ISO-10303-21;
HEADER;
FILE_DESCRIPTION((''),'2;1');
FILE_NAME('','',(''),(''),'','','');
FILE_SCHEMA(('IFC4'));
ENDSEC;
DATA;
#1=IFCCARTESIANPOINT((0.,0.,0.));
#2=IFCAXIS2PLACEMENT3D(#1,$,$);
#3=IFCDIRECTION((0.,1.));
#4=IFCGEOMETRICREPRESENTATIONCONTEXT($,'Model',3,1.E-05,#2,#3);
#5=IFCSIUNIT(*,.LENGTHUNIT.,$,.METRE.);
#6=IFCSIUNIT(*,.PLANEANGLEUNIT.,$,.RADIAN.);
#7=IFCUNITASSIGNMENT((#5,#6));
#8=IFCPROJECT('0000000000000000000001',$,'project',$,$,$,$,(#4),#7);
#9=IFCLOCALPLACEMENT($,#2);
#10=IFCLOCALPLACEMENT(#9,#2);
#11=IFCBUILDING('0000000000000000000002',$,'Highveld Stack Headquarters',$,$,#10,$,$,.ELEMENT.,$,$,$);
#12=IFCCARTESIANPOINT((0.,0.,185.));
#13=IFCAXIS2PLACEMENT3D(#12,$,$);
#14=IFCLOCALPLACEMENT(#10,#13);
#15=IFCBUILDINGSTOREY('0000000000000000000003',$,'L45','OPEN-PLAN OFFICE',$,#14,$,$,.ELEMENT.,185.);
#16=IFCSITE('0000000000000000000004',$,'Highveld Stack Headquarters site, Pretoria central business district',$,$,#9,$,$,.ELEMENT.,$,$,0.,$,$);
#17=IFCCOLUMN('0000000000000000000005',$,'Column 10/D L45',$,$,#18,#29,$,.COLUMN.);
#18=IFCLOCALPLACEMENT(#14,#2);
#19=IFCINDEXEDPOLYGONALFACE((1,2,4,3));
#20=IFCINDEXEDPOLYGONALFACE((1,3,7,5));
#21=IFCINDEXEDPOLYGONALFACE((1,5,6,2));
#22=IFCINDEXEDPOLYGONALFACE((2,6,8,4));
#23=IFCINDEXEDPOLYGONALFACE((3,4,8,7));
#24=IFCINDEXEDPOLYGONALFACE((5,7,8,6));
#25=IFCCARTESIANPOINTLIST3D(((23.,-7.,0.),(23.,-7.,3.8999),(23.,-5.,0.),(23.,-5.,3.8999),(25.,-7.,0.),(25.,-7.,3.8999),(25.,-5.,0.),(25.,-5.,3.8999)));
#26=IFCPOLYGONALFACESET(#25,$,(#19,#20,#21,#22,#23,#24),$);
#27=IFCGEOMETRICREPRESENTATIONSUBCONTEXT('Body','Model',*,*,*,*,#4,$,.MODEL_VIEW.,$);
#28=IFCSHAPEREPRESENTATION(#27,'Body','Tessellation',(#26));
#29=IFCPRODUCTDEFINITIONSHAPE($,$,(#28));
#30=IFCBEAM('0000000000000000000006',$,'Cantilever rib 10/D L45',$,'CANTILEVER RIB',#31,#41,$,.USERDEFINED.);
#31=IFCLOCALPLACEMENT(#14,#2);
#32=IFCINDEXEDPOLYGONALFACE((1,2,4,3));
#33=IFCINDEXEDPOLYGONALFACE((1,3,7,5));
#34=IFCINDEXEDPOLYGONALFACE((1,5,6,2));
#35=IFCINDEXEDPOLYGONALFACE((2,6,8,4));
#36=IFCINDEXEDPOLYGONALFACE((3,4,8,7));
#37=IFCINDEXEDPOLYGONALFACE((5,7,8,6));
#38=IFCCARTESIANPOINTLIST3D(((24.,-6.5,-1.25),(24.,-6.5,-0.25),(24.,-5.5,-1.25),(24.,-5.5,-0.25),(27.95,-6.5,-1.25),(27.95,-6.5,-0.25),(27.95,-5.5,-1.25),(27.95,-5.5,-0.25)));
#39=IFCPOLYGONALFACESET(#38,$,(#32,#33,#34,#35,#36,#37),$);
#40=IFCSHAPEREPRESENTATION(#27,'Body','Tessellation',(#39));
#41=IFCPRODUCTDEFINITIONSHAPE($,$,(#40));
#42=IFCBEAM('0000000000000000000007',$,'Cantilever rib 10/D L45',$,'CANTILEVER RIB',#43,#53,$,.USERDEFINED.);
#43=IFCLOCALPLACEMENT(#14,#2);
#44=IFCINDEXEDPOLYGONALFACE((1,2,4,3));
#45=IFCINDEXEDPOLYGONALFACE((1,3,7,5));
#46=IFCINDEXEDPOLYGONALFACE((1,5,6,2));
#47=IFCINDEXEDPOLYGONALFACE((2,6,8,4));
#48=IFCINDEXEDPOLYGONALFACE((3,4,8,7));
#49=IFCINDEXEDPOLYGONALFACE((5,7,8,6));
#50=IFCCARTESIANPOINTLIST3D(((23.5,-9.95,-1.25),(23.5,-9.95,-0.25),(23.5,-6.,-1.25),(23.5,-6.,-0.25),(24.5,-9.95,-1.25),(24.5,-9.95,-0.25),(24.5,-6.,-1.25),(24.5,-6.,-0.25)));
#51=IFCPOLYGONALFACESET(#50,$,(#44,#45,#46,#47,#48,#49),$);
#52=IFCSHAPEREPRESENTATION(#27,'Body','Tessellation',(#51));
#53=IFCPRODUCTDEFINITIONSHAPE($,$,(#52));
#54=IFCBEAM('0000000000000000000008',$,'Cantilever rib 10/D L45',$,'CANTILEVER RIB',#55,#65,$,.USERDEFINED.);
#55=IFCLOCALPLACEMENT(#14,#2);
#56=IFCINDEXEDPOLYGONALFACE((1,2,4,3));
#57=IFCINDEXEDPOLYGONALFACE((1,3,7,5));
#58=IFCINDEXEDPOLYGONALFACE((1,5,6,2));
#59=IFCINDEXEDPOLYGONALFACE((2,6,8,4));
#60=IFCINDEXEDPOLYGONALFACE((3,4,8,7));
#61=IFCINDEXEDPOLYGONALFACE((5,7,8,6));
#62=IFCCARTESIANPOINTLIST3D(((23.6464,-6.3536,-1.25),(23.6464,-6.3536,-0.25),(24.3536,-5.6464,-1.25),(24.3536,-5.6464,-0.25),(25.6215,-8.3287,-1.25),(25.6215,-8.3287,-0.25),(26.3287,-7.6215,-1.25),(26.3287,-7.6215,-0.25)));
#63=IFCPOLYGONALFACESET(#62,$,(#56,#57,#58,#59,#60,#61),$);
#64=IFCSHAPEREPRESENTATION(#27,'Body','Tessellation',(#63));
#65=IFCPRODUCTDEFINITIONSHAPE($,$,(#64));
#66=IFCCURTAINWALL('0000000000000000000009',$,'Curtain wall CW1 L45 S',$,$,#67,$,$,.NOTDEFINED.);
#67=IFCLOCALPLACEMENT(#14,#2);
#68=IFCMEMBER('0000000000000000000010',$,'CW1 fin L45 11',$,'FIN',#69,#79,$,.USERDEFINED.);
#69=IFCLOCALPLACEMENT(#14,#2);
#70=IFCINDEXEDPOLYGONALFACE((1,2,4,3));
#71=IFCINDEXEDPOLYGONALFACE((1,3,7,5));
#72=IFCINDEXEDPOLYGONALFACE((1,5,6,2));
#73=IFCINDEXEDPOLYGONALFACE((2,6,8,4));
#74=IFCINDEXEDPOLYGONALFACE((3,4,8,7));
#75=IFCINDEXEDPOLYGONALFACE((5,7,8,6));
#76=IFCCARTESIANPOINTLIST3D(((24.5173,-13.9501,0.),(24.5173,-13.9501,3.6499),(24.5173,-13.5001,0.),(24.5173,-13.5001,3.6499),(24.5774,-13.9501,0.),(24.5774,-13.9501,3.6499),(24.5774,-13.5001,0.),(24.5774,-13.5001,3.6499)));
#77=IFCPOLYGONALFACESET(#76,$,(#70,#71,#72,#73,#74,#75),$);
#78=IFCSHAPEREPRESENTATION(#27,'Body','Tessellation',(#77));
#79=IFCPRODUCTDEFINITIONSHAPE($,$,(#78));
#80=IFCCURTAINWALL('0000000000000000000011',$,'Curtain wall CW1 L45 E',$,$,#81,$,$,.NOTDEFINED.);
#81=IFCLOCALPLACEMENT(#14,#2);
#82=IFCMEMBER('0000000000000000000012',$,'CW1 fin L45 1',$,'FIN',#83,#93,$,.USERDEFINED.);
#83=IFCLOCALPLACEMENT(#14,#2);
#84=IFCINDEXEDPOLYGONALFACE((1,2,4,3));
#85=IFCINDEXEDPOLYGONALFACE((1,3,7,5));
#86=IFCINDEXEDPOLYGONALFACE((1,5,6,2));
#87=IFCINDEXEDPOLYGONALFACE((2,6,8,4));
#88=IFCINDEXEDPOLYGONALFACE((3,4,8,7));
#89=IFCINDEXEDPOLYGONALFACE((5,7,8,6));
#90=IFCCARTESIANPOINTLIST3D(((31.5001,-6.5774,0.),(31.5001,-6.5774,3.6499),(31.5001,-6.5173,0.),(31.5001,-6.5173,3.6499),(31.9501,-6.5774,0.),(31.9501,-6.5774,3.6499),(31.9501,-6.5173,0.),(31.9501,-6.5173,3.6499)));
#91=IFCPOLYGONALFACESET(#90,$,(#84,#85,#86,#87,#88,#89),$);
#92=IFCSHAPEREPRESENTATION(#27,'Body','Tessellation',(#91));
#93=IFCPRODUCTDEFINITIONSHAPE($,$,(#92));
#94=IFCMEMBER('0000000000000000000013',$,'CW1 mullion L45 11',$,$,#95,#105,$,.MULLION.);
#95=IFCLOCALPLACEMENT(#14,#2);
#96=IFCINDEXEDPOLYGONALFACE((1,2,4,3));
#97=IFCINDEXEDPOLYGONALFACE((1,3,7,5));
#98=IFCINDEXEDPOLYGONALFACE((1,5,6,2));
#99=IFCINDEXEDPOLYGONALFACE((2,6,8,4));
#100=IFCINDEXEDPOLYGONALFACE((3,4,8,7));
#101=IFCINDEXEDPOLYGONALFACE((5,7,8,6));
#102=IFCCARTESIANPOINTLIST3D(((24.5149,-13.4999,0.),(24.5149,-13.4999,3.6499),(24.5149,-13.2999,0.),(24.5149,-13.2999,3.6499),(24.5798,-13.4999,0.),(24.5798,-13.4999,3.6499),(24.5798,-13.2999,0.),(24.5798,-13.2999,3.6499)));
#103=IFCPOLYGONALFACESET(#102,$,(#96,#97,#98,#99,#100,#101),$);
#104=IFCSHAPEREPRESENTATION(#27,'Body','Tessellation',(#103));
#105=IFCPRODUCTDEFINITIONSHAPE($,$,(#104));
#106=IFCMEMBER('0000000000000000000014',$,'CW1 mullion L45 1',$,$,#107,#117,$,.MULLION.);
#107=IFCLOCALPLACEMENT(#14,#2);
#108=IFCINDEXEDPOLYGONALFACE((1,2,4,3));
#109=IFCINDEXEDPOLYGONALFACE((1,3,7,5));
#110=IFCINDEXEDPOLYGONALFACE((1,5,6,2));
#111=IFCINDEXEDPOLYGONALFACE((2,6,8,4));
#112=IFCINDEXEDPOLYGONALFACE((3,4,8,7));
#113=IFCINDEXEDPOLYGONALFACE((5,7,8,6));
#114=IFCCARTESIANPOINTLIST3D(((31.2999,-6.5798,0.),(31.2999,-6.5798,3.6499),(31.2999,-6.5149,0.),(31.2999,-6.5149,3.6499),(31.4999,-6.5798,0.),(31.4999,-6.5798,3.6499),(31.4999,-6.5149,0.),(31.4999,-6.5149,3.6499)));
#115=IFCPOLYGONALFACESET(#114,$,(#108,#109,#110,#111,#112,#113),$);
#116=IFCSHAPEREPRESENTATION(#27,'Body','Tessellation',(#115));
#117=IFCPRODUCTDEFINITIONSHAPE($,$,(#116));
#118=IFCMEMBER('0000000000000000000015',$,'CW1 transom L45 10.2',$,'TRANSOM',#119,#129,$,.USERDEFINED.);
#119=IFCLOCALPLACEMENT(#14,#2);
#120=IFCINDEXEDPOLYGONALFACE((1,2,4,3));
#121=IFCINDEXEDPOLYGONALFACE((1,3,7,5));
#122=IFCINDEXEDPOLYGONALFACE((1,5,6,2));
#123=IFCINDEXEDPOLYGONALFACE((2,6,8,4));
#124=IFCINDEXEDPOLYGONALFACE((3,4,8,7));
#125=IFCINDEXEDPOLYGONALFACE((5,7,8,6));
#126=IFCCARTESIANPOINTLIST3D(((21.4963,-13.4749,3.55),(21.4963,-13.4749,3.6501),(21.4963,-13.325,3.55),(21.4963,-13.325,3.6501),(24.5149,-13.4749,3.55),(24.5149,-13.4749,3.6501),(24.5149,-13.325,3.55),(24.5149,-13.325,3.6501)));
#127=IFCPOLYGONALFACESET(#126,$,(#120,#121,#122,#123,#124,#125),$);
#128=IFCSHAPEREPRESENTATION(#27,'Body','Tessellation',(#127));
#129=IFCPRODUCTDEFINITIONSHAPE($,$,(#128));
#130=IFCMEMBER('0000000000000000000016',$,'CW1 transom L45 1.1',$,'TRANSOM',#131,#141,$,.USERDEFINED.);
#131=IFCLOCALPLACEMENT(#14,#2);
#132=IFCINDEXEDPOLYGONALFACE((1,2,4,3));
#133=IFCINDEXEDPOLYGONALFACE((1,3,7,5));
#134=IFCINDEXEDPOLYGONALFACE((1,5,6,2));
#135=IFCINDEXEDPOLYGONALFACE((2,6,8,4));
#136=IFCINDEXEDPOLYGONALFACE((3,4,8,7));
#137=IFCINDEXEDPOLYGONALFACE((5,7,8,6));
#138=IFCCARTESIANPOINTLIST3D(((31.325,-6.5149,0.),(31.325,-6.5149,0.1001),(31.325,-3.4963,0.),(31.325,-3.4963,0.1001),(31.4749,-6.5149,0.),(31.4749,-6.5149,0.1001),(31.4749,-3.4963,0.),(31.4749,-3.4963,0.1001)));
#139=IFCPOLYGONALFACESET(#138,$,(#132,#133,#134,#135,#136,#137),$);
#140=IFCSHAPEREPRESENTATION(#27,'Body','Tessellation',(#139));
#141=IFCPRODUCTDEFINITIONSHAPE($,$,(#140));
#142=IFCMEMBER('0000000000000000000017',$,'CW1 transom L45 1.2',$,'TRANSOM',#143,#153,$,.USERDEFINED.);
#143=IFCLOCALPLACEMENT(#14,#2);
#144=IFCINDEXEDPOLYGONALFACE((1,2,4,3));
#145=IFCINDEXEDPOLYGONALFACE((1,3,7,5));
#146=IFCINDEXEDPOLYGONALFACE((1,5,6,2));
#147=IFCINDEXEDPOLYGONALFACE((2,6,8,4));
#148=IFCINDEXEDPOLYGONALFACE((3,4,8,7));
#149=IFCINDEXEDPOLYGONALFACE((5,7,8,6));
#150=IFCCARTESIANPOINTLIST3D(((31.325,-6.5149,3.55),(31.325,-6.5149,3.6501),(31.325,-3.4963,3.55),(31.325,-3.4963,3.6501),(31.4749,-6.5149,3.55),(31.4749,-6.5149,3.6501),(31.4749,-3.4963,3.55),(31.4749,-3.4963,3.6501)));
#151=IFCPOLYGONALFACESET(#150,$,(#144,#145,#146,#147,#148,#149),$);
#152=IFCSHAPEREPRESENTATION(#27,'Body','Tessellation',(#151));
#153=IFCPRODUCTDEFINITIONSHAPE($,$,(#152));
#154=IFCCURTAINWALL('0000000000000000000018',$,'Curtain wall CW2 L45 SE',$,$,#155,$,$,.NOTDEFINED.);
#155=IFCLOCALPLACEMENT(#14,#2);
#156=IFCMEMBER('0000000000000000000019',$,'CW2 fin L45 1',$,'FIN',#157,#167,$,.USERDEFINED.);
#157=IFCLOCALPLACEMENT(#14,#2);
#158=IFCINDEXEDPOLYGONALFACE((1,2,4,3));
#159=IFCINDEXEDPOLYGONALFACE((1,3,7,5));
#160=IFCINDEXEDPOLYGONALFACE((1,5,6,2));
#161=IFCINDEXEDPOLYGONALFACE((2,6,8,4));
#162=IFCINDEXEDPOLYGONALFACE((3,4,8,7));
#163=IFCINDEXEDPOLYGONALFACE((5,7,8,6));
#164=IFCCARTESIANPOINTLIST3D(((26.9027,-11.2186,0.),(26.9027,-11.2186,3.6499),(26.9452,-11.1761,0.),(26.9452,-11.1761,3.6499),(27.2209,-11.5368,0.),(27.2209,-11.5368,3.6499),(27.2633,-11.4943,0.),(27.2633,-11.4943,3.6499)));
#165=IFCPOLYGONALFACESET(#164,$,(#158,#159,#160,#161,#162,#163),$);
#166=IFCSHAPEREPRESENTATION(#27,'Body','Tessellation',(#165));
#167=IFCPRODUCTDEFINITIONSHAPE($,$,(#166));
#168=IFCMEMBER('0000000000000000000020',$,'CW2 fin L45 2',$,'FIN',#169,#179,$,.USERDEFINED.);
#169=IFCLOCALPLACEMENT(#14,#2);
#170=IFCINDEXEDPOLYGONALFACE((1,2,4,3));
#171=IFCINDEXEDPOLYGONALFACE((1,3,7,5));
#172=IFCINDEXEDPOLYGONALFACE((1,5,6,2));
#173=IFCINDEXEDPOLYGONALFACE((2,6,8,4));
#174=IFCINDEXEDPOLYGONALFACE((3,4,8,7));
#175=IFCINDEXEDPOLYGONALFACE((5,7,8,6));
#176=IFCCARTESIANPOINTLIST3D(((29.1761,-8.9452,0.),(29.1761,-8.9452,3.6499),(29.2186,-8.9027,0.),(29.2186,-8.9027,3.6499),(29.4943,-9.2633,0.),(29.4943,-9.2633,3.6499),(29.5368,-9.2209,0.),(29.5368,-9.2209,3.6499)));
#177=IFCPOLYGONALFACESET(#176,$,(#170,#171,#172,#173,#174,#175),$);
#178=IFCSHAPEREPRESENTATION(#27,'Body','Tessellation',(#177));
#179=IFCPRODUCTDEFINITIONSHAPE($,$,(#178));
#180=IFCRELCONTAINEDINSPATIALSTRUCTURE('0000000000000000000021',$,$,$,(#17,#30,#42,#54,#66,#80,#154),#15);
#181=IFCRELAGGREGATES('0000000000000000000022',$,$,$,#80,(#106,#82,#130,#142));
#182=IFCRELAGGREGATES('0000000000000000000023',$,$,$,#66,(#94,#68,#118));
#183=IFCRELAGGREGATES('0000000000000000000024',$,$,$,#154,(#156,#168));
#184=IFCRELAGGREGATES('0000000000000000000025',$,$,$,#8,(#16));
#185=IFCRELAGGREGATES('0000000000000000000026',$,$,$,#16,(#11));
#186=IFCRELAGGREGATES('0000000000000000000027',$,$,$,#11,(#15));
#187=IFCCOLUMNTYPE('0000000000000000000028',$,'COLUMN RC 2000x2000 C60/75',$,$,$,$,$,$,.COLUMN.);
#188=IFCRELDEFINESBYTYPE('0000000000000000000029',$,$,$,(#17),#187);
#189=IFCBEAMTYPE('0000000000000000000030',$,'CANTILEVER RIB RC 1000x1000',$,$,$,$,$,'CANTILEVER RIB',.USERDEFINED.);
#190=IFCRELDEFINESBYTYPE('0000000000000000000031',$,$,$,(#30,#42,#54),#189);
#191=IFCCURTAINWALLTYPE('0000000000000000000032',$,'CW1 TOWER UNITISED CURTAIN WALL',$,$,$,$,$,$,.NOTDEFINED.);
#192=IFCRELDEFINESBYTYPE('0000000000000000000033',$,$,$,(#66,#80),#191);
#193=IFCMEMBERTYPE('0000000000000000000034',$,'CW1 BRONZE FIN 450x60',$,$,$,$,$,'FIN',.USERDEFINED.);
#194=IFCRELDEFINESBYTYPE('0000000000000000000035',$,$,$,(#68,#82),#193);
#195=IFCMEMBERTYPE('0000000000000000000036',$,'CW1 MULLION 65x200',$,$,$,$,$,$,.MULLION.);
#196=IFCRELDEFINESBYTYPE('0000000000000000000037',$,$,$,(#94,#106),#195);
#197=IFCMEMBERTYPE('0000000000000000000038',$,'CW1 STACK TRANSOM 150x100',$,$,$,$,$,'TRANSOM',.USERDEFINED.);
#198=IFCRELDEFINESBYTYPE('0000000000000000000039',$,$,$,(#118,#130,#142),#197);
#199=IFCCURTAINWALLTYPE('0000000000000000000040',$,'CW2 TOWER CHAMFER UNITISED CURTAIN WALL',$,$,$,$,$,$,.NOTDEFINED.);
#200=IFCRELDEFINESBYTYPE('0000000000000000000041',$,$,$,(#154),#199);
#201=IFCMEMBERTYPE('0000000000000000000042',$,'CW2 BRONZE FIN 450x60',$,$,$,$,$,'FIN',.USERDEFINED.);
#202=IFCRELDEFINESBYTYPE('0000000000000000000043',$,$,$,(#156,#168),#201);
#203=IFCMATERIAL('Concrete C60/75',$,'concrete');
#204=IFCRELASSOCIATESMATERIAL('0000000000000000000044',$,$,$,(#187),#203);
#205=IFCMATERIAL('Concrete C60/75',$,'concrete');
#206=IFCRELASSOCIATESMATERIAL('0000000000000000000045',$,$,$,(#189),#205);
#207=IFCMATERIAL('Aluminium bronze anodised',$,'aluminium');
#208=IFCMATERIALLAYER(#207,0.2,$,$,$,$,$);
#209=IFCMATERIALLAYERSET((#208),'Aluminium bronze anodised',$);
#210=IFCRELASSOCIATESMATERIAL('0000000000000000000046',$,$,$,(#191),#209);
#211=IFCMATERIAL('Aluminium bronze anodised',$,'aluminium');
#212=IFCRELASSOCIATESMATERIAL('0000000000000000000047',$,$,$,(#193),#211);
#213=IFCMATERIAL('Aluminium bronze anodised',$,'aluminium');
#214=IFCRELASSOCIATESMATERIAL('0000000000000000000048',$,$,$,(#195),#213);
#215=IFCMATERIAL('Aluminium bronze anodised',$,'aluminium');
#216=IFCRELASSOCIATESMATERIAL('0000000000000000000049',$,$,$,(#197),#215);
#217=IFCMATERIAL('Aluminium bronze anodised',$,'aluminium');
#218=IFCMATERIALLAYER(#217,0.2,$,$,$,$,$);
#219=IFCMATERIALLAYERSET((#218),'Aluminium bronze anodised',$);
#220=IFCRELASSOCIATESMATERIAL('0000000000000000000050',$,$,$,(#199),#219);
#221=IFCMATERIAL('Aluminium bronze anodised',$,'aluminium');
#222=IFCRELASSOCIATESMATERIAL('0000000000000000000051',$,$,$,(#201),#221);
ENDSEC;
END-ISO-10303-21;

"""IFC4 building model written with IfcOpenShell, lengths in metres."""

from ifc_helpers import new_model, si_unit, direction, frame, origin, origin_2d, place, context, subcontext, project, spatial, rectangle, extrude, material, layer, layer_set, material_profile, profile_set, type_object, element, aggregate, save


model = new_model("IFC4")

# Units and contexts
model_context = context("Model", 3, precision=1e-05, world=origin(), true_north=direction((0.0, 1.0)))
body_context = subcontext(model_context, "Body", "Model", "MODEL_VIEW")
ifc_project = project(units=[si_unit("LENGTHUNIT", "METRE"), si_unit("PLANEANGLEUNIT", "RADIAN")], contexts=[model_context])

# Site, building, storey
site_placement = place(None, origin())
site = spatial("IfcSite", under=ifc_project, at=site_placement, Name="Highveld Stack Headquarters site, Pretoria central business district", CompositionType="ELEMENT", RefElevation=0.0)
building_placement = place(site_placement, origin())
building = spatial("IfcBuilding", under=site, at=building_placement, Name="Highveld Stack Headquarters", CompositionType="ELEMENT")
storey_placement = place(building_placement, frame((0.0, 0.0, 185.0)))
storey = spatial("IfcBuildingStorey", under=building, at=storey_placement, Name="L45", Description="OPEN-PLAN OFFICE", CompositionType="ELEMENT", Elevation=185.0)

# Column
ifc_material_1 = material(Name="Concrete C60/75", Category="concrete")
ifc_material_profile_1 = material_profile(ifc_material_1, rectangle(XDim=2.0, YDim=2.0, at=origin_2d()), Name="RC 2000x2000")
ifc_profile_set_1 = profile_set([ifc_material_profile_1], Name="Concrete C60/75")
column_type = type_object("IfcColumnType", Name="COLUMN RC 2000x2000 C60/75", PredefinedType="COLUMN", material=ifc_profile_set_1)
column_placement = place(storey_placement, frame((24.0, -6.0, 0.0), z_axis=(0.0, 0.0, 1.0), x_axis=(1.0, 0.0, 0.0)))
element("IfcColumn", 1, at=column_placement, inside=storey, type_object=column_type, Name="Column 10/D L45", PredefinedType="COLUMN", context=body_context, shape_type="SweptSolid", body=[
    extrude(rectangle(XDim=2.0, YDim=2.0, at=origin_2d()), origin(), (0.0, 0.0, 1.0), 3.8999),
])

# Beams
ifc_material_2 = material(Name="Concrete C60/75", Category="concrete")
ifc_material_profile_2 = material_profile(ifc_material_2, rectangle(XDim=1.0, YDim=1.0, at=origin_2d()), Name="RC 1000x1000")
ifc_profile_set_2 = profile_set([ifc_material_profile_2], Name="Concrete C60/75")
beam_type_1 = type_object("IfcBeamType", Name="CANTILEVER RIB RC 1000x1000", ElementType="CANTILEVER RIB", PredefinedType="USERDEFINED", material=ifc_profile_set_2)
for number, where, z_axis, x_axis, name in (
    (2, (24.0, -6.0, -0.75), (1.0, 0.0, 0.0), (0.0, 1.0, 0.0), "Cantilever rib 10/D L45"),
    (3, (24.0, -6.0, -0.75), (0.0, -1.0, 0.0), (1.0, 0.0, 0.0), "Cantilever rib 10/D L45"),
):
    element("IfcBeam", number, at=place(storey_placement, frame(where, z_axis=z_axis, x_axis=x_axis)), inside=storey, type_object=beam_type_1, Name=name, ObjectType="CANTILEVER RIB", PredefinedType="USERDEFINED", context=body_context, shape_type="SweptSolid", body=[
        extrude(rectangle(XDim=1.0, YDim=1.0, at=origin_2d()), origin(), (0.0, 0.0, 1.0), 3.95),
    ])
beam_1_placement = place(storey_placement, frame((24.0, -6.0, -0.75), z_axis=(0.707107, -0.707107, 0.0), x_axis=(0.707107, 0.707107, 0.0)))
element("IfcBeam", 4, at=beam_1_placement, inside=storey, type_object=beam_type_1, Name="Cantilever rib 10/D L45", ObjectType="CANTILEVER RIB", PredefinedType="USERDEFINED", context=body_context, shape_type="SweptSolid", body=[
    extrude(rectangle(XDim=1.0, YDim=1.0, at=origin_2d()), origin(), (0.0, 0.0, 1.0), 2.7932),
])

# Curtain walls, members
ifc_material_3 = material(Name="Aluminium bronze anodised", Category="aluminium")
ifc_layer_1 = layer(ifc_material_3, 0.2)
ifc_layer_set_1 = layer_set([ifc_layer_1], Name="Aluminium bronze anodised")
curtain_wall_type_1 = type_object("IfcCurtainWallType", Name="CW1 TOWER UNITISED CURTAIN WALL", PredefinedType="NOTDEFINED", material=ifc_layer_set_1)
curtain_wall_1_placement = place(storey_placement, origin())
curtain_wall_1 = element("IfcCurtainWall", 5, at=curtain_wall_1_placement, inside=storey, type_object=curtain_wall_type_1, Name="Curtain wall CW1 L45 S", PredefinedType="NOTDEFINED")
ifc_material_4 = material(Name="Aluminium bronze anodised", Category="aluminium")
ifc_material_profile_3 = material_profile(ifc_material_4, rectangle(XDim=0.45, YDim=0.0601, at=origin_2d()), Name="FIN 450x60")
ifc_profile_set_3 = profile_set([ifc_material_profile_3], Name="Aluminium bronze anodised")
member_type_1 = type_object("IfcMemberType", Name="CW1 BRONZE FIN 450x60", ElementType="FIN", PredefinedType="USERDEFINED", material=ifc_profile_set_3)
member_1_placement = place(storey_placement, frame((24.5474, -13.7251, 0.0), z_axis=(0.0, 0.0, 1.0), x_axis=(0.0, 1.0, 0.0)))
member_1 = element("IfcMember", 6, at=member_1_placement, type_object=member_type_1, Name="CW1 fin L45 11", ObjectType="FIN", PredefinedType="USERDEFINED", context=body_context, shape_type="SweptSolid", body=[
    extrude(rectangle(XDim=0.45, YDim=0.0601, at=origin_2d()), origin(), (0.0, 0.0, 1.0), 3.6499),
])
curtain_wall_2_placement = place(storey_placement, origin())
curtain_wall_2 = element("IfcCurtainWall", 7, at=curtain_wall_2_placement, inside=storey, type_object=curtain_wall_type_1, Name="Curtain wall CW1 L45 E", PredefinedType="NOTDEFINED")
member_2_placement = place(storey_placement, frame((31.7251, -6.5474, 0.0), z_axis=(0.0, 0.0, 1.0), x_axis=(-1.0, 0.0, 0.0)))
member_2 = element("IfcMember", 8, at=member_2_placement, type_object=member_type_1, Name="CW1 fin L45 1", ObjectType="FIN", PredefinedType="USERDEFINED", context=body_context, shape_type="SweptSolid", body=[
    extrude(rectangle(XDim=0.45, YDim=0.0601, at=origin_2d()), origin(), (0.0, 0.0, 1.0), 3.6499),
])

# Members
ifc_material_5 = material(Name="Aluminium bronze anodised", Category="aluminium")
ifc_material_profile_4 = material_profile(ifc_material_5, rectangle(XDim=0.2, YDim=0.0649, at=origin_2d()), Name="CW1 MULLION 65x200")
ifc_profile_set_4 = profile_set([ifc_material_profile_4], Name="Aluminium bronze anodised")
member_type_2 = type_object("IfcMemberType", Name="CW1 MULLION 65x200", PredefinedType="MULLION", material=ifc_profile_set_4)
member_3_placement = place(storey_placement, frame((24.5474, -13.3999, 0.0), z_axis=(0.0, 0.0, 1.0), x_axis=(0.0, 1.0, 0.0)))
member_3 = element("IfcMember", 9, at=member_3_placement, type_object=member_type_2, Name="CW1 mullion L45 11", PredefinedType="MULLION", context=body_context, shape_type="SweptSolid", body=[
    extrude(rectangle(XDim=0.2, YDim=0.0649, at=origin_2d()), origin(), (0.0, 0.0, 1.0), 3.6499),
])
member_4_placement = place(storey_placement, frame((31.3999, -6.5474, 0.0), z_axis=(0.0, 0.0, 1.0), x_axis=(-1.0, 0.0, 0.0)))
member_4 = element("IfcMember", 10, at=member_4_placement, type_object=member_type_2, Name="CW1 mullion L45 1", PredefinedType="MULLION", context=body_context, shape_type="SweptSolid", body=[
    extrude(rectangle(XDim=0.2, YDim=0.0649, at=origin_2d()), origin(), (0.0, 0.0, 1.0), 3.6499),
])
ifc_material_6 = material(Name="Aluminium bronze anodised", Category="aluminium")
ifc_material_profile_5 = material_profile(ifc_material_6, rectangle(XDim=0.1499, YDim=0.1001, at=origin_2d()), Name="CW1 TRANSOM 150x100")
ifc_profile_set_5 = profile_set([ifc_material_profile_5], Name="Aluminium bronze anodised")
member_type_3 = type_object("IfcMemberType", Name="CW1 STACK TRANSOM 150x100", ElementType="TRANSOM", PredefinedType="USERDEFINED", material=ifc_profile_set_5)
member_5_placement = place(storey_placement, frame((21.4963, -13.3999, 3.6001), z_axis=(1.0, 0.0, 0.0), x_axis=(0.0, 1.0, 0.0)))
member_5 = element("IfcMember", 11, at=member_5_placement, type_object=member_type_3, Name="CW1 transom L45 10.2", ObjectType="TRANSOM", PredefinedType="USERDEFINED", context=body_context, shape_type="SweptSolid", body=[
    extrude(rectangle(XDim=0.1499, YDim=0.1001, at=origin_2d()), origin(), (0.0, 0.0, 1.0), 3.0186),
])
member_6_placement = place(storey_placement, frame((31.3999, -6.5149, 0.05), z_axis=(0.0, 1.0, 0.0), x_axis=(-1.0, 0.0, 0.0)))
member_6 = element("IfcMember", 12, at=member_6_placement, type_object=member_type_3, Name="CW1 transom L45 1.1", ObjectType="TRANSOM", PredefinedType="USERDEFINED", context=body_context, shape_type="SweptSolid", body=[
    extrude(rectangle(XDim=0.1499, YDim=0.1001, at=origin_2d()), origin(), (0.0, 0.0, 1.0), 3.0186),
])
member_7_placement = place(storey_placement, frame((31.3999, -6.5149, 3.6001), z_axis=(0.0, 1.0, 0.0), x_axis=(-1.0, 0.0, 0.0)))
member_7 = element("IfcMember", 13, at=member_7_placement, type_object=member_type_3, Name="CW1 transom L45 1.2", ObjectType="TRANSOM", PredefinedType="USERDEFINED", context=body_context, shape_type="SweptSolid", body=[
    extrude(rectangle(XDim=0.1499, YDim=0.1001, at=origin_2d()), origin(), (0.0, 0.0, 1.0), 3.0186),
])
aggregate(curtain_wall_2, [member_4, member_2, member_6, member_7])

# Curtain wall, members
ifc_material_7 = material(Name="Aluminium bronze anodised", Category="aluminium")
ifc_layer_2 = layer(ifc_material_7, 0.2)
ifc_layer_set_2 = layer_set([ifc_layer_2], Name="Aluminium bronze anodised")
curtain_wall_type_2 = type_object("IfcCurtainWallType", Name="CW2 TOWER CHAMFER UNITISED CURTAIN WALL", PredefinedType="NOTDEFINED", material=ifc_layer_set_2)
curtain_wall_3_placement = place(storey_placement, origin())
curtain_wall_3 = element("IfcCurtainWall", 14, at=curtain_wall_3_placement, inside=storey, type_object=curtain_wall_type_2, Name="Curtain wall CW2 L45 SE", PredefinedType="NOTDEFINED")
ifc_material_8 = material(Name="Aluminium bronze anodised", Category="aluminium")
ifc_material_profile_6 = material_profile(ifc_material_8, rectangle(XDim=0.45, YDim=0.0601, at=origin_2d()), Name="FIN 450x60")
ifc_profile_set_6 = profile_set([ifc_material_profile_6], Name="Aluminium bronze anodised")
member_type_4 = type_object("IfcMemberType", Name="CW2 BRONZE FIN 450x60", ElementType="FIN", PredefinedType="USERDEFINED", material=ifc_profile_set_6)
member_8_placement = place(storey_placement, frame((27.083, -11.3564, 0.0), z_axis=(0.0, 0.0, 1.0), x_axis=(-0.707107, 0.707107, 0.0)))
member_8 = element("IfcMember", 15, at=member_8_placement, type_object=member_type_4, Name="CW2 fin L45 1", ObjectType="FIN", PredefinedType="USERDEFINED", context=body_context, shape_type="SweptSolid", body=[
    extrude(rectangle(XDim=0.45, YDim=0.0601, at=origin_2d()), origin(), (0.0, 0.0, 1.0), 3.6499),
])
member_9_placement = place(storey_placement, frame((29.3564, -9.083, 0.0), z_axis=(0.0, 0.0, 1.0), x_axis=(-0.707107, 0.707107, 0.0)))
member_9 = element("IfcMember", 16, at=member_9_placement, type_object=member_type_4, Name="CW2 fin L45 2", ObjectType="FIN", PredefinedType="USERDEFINED", context=body_context, shape_type="SweptSolid", body=[
    extrude(rectangle(XDim=0.45, YDim=0.0601, at=origin_2d()), origin(), (0.0, 0.0, 1.0), 3.6499),
])

aggregate(curtain_wall_1, [member_3, member_1, member_5])
aggregate(curtain_wall_3, [member_8, member_9])

save(model, "model.ifc")
